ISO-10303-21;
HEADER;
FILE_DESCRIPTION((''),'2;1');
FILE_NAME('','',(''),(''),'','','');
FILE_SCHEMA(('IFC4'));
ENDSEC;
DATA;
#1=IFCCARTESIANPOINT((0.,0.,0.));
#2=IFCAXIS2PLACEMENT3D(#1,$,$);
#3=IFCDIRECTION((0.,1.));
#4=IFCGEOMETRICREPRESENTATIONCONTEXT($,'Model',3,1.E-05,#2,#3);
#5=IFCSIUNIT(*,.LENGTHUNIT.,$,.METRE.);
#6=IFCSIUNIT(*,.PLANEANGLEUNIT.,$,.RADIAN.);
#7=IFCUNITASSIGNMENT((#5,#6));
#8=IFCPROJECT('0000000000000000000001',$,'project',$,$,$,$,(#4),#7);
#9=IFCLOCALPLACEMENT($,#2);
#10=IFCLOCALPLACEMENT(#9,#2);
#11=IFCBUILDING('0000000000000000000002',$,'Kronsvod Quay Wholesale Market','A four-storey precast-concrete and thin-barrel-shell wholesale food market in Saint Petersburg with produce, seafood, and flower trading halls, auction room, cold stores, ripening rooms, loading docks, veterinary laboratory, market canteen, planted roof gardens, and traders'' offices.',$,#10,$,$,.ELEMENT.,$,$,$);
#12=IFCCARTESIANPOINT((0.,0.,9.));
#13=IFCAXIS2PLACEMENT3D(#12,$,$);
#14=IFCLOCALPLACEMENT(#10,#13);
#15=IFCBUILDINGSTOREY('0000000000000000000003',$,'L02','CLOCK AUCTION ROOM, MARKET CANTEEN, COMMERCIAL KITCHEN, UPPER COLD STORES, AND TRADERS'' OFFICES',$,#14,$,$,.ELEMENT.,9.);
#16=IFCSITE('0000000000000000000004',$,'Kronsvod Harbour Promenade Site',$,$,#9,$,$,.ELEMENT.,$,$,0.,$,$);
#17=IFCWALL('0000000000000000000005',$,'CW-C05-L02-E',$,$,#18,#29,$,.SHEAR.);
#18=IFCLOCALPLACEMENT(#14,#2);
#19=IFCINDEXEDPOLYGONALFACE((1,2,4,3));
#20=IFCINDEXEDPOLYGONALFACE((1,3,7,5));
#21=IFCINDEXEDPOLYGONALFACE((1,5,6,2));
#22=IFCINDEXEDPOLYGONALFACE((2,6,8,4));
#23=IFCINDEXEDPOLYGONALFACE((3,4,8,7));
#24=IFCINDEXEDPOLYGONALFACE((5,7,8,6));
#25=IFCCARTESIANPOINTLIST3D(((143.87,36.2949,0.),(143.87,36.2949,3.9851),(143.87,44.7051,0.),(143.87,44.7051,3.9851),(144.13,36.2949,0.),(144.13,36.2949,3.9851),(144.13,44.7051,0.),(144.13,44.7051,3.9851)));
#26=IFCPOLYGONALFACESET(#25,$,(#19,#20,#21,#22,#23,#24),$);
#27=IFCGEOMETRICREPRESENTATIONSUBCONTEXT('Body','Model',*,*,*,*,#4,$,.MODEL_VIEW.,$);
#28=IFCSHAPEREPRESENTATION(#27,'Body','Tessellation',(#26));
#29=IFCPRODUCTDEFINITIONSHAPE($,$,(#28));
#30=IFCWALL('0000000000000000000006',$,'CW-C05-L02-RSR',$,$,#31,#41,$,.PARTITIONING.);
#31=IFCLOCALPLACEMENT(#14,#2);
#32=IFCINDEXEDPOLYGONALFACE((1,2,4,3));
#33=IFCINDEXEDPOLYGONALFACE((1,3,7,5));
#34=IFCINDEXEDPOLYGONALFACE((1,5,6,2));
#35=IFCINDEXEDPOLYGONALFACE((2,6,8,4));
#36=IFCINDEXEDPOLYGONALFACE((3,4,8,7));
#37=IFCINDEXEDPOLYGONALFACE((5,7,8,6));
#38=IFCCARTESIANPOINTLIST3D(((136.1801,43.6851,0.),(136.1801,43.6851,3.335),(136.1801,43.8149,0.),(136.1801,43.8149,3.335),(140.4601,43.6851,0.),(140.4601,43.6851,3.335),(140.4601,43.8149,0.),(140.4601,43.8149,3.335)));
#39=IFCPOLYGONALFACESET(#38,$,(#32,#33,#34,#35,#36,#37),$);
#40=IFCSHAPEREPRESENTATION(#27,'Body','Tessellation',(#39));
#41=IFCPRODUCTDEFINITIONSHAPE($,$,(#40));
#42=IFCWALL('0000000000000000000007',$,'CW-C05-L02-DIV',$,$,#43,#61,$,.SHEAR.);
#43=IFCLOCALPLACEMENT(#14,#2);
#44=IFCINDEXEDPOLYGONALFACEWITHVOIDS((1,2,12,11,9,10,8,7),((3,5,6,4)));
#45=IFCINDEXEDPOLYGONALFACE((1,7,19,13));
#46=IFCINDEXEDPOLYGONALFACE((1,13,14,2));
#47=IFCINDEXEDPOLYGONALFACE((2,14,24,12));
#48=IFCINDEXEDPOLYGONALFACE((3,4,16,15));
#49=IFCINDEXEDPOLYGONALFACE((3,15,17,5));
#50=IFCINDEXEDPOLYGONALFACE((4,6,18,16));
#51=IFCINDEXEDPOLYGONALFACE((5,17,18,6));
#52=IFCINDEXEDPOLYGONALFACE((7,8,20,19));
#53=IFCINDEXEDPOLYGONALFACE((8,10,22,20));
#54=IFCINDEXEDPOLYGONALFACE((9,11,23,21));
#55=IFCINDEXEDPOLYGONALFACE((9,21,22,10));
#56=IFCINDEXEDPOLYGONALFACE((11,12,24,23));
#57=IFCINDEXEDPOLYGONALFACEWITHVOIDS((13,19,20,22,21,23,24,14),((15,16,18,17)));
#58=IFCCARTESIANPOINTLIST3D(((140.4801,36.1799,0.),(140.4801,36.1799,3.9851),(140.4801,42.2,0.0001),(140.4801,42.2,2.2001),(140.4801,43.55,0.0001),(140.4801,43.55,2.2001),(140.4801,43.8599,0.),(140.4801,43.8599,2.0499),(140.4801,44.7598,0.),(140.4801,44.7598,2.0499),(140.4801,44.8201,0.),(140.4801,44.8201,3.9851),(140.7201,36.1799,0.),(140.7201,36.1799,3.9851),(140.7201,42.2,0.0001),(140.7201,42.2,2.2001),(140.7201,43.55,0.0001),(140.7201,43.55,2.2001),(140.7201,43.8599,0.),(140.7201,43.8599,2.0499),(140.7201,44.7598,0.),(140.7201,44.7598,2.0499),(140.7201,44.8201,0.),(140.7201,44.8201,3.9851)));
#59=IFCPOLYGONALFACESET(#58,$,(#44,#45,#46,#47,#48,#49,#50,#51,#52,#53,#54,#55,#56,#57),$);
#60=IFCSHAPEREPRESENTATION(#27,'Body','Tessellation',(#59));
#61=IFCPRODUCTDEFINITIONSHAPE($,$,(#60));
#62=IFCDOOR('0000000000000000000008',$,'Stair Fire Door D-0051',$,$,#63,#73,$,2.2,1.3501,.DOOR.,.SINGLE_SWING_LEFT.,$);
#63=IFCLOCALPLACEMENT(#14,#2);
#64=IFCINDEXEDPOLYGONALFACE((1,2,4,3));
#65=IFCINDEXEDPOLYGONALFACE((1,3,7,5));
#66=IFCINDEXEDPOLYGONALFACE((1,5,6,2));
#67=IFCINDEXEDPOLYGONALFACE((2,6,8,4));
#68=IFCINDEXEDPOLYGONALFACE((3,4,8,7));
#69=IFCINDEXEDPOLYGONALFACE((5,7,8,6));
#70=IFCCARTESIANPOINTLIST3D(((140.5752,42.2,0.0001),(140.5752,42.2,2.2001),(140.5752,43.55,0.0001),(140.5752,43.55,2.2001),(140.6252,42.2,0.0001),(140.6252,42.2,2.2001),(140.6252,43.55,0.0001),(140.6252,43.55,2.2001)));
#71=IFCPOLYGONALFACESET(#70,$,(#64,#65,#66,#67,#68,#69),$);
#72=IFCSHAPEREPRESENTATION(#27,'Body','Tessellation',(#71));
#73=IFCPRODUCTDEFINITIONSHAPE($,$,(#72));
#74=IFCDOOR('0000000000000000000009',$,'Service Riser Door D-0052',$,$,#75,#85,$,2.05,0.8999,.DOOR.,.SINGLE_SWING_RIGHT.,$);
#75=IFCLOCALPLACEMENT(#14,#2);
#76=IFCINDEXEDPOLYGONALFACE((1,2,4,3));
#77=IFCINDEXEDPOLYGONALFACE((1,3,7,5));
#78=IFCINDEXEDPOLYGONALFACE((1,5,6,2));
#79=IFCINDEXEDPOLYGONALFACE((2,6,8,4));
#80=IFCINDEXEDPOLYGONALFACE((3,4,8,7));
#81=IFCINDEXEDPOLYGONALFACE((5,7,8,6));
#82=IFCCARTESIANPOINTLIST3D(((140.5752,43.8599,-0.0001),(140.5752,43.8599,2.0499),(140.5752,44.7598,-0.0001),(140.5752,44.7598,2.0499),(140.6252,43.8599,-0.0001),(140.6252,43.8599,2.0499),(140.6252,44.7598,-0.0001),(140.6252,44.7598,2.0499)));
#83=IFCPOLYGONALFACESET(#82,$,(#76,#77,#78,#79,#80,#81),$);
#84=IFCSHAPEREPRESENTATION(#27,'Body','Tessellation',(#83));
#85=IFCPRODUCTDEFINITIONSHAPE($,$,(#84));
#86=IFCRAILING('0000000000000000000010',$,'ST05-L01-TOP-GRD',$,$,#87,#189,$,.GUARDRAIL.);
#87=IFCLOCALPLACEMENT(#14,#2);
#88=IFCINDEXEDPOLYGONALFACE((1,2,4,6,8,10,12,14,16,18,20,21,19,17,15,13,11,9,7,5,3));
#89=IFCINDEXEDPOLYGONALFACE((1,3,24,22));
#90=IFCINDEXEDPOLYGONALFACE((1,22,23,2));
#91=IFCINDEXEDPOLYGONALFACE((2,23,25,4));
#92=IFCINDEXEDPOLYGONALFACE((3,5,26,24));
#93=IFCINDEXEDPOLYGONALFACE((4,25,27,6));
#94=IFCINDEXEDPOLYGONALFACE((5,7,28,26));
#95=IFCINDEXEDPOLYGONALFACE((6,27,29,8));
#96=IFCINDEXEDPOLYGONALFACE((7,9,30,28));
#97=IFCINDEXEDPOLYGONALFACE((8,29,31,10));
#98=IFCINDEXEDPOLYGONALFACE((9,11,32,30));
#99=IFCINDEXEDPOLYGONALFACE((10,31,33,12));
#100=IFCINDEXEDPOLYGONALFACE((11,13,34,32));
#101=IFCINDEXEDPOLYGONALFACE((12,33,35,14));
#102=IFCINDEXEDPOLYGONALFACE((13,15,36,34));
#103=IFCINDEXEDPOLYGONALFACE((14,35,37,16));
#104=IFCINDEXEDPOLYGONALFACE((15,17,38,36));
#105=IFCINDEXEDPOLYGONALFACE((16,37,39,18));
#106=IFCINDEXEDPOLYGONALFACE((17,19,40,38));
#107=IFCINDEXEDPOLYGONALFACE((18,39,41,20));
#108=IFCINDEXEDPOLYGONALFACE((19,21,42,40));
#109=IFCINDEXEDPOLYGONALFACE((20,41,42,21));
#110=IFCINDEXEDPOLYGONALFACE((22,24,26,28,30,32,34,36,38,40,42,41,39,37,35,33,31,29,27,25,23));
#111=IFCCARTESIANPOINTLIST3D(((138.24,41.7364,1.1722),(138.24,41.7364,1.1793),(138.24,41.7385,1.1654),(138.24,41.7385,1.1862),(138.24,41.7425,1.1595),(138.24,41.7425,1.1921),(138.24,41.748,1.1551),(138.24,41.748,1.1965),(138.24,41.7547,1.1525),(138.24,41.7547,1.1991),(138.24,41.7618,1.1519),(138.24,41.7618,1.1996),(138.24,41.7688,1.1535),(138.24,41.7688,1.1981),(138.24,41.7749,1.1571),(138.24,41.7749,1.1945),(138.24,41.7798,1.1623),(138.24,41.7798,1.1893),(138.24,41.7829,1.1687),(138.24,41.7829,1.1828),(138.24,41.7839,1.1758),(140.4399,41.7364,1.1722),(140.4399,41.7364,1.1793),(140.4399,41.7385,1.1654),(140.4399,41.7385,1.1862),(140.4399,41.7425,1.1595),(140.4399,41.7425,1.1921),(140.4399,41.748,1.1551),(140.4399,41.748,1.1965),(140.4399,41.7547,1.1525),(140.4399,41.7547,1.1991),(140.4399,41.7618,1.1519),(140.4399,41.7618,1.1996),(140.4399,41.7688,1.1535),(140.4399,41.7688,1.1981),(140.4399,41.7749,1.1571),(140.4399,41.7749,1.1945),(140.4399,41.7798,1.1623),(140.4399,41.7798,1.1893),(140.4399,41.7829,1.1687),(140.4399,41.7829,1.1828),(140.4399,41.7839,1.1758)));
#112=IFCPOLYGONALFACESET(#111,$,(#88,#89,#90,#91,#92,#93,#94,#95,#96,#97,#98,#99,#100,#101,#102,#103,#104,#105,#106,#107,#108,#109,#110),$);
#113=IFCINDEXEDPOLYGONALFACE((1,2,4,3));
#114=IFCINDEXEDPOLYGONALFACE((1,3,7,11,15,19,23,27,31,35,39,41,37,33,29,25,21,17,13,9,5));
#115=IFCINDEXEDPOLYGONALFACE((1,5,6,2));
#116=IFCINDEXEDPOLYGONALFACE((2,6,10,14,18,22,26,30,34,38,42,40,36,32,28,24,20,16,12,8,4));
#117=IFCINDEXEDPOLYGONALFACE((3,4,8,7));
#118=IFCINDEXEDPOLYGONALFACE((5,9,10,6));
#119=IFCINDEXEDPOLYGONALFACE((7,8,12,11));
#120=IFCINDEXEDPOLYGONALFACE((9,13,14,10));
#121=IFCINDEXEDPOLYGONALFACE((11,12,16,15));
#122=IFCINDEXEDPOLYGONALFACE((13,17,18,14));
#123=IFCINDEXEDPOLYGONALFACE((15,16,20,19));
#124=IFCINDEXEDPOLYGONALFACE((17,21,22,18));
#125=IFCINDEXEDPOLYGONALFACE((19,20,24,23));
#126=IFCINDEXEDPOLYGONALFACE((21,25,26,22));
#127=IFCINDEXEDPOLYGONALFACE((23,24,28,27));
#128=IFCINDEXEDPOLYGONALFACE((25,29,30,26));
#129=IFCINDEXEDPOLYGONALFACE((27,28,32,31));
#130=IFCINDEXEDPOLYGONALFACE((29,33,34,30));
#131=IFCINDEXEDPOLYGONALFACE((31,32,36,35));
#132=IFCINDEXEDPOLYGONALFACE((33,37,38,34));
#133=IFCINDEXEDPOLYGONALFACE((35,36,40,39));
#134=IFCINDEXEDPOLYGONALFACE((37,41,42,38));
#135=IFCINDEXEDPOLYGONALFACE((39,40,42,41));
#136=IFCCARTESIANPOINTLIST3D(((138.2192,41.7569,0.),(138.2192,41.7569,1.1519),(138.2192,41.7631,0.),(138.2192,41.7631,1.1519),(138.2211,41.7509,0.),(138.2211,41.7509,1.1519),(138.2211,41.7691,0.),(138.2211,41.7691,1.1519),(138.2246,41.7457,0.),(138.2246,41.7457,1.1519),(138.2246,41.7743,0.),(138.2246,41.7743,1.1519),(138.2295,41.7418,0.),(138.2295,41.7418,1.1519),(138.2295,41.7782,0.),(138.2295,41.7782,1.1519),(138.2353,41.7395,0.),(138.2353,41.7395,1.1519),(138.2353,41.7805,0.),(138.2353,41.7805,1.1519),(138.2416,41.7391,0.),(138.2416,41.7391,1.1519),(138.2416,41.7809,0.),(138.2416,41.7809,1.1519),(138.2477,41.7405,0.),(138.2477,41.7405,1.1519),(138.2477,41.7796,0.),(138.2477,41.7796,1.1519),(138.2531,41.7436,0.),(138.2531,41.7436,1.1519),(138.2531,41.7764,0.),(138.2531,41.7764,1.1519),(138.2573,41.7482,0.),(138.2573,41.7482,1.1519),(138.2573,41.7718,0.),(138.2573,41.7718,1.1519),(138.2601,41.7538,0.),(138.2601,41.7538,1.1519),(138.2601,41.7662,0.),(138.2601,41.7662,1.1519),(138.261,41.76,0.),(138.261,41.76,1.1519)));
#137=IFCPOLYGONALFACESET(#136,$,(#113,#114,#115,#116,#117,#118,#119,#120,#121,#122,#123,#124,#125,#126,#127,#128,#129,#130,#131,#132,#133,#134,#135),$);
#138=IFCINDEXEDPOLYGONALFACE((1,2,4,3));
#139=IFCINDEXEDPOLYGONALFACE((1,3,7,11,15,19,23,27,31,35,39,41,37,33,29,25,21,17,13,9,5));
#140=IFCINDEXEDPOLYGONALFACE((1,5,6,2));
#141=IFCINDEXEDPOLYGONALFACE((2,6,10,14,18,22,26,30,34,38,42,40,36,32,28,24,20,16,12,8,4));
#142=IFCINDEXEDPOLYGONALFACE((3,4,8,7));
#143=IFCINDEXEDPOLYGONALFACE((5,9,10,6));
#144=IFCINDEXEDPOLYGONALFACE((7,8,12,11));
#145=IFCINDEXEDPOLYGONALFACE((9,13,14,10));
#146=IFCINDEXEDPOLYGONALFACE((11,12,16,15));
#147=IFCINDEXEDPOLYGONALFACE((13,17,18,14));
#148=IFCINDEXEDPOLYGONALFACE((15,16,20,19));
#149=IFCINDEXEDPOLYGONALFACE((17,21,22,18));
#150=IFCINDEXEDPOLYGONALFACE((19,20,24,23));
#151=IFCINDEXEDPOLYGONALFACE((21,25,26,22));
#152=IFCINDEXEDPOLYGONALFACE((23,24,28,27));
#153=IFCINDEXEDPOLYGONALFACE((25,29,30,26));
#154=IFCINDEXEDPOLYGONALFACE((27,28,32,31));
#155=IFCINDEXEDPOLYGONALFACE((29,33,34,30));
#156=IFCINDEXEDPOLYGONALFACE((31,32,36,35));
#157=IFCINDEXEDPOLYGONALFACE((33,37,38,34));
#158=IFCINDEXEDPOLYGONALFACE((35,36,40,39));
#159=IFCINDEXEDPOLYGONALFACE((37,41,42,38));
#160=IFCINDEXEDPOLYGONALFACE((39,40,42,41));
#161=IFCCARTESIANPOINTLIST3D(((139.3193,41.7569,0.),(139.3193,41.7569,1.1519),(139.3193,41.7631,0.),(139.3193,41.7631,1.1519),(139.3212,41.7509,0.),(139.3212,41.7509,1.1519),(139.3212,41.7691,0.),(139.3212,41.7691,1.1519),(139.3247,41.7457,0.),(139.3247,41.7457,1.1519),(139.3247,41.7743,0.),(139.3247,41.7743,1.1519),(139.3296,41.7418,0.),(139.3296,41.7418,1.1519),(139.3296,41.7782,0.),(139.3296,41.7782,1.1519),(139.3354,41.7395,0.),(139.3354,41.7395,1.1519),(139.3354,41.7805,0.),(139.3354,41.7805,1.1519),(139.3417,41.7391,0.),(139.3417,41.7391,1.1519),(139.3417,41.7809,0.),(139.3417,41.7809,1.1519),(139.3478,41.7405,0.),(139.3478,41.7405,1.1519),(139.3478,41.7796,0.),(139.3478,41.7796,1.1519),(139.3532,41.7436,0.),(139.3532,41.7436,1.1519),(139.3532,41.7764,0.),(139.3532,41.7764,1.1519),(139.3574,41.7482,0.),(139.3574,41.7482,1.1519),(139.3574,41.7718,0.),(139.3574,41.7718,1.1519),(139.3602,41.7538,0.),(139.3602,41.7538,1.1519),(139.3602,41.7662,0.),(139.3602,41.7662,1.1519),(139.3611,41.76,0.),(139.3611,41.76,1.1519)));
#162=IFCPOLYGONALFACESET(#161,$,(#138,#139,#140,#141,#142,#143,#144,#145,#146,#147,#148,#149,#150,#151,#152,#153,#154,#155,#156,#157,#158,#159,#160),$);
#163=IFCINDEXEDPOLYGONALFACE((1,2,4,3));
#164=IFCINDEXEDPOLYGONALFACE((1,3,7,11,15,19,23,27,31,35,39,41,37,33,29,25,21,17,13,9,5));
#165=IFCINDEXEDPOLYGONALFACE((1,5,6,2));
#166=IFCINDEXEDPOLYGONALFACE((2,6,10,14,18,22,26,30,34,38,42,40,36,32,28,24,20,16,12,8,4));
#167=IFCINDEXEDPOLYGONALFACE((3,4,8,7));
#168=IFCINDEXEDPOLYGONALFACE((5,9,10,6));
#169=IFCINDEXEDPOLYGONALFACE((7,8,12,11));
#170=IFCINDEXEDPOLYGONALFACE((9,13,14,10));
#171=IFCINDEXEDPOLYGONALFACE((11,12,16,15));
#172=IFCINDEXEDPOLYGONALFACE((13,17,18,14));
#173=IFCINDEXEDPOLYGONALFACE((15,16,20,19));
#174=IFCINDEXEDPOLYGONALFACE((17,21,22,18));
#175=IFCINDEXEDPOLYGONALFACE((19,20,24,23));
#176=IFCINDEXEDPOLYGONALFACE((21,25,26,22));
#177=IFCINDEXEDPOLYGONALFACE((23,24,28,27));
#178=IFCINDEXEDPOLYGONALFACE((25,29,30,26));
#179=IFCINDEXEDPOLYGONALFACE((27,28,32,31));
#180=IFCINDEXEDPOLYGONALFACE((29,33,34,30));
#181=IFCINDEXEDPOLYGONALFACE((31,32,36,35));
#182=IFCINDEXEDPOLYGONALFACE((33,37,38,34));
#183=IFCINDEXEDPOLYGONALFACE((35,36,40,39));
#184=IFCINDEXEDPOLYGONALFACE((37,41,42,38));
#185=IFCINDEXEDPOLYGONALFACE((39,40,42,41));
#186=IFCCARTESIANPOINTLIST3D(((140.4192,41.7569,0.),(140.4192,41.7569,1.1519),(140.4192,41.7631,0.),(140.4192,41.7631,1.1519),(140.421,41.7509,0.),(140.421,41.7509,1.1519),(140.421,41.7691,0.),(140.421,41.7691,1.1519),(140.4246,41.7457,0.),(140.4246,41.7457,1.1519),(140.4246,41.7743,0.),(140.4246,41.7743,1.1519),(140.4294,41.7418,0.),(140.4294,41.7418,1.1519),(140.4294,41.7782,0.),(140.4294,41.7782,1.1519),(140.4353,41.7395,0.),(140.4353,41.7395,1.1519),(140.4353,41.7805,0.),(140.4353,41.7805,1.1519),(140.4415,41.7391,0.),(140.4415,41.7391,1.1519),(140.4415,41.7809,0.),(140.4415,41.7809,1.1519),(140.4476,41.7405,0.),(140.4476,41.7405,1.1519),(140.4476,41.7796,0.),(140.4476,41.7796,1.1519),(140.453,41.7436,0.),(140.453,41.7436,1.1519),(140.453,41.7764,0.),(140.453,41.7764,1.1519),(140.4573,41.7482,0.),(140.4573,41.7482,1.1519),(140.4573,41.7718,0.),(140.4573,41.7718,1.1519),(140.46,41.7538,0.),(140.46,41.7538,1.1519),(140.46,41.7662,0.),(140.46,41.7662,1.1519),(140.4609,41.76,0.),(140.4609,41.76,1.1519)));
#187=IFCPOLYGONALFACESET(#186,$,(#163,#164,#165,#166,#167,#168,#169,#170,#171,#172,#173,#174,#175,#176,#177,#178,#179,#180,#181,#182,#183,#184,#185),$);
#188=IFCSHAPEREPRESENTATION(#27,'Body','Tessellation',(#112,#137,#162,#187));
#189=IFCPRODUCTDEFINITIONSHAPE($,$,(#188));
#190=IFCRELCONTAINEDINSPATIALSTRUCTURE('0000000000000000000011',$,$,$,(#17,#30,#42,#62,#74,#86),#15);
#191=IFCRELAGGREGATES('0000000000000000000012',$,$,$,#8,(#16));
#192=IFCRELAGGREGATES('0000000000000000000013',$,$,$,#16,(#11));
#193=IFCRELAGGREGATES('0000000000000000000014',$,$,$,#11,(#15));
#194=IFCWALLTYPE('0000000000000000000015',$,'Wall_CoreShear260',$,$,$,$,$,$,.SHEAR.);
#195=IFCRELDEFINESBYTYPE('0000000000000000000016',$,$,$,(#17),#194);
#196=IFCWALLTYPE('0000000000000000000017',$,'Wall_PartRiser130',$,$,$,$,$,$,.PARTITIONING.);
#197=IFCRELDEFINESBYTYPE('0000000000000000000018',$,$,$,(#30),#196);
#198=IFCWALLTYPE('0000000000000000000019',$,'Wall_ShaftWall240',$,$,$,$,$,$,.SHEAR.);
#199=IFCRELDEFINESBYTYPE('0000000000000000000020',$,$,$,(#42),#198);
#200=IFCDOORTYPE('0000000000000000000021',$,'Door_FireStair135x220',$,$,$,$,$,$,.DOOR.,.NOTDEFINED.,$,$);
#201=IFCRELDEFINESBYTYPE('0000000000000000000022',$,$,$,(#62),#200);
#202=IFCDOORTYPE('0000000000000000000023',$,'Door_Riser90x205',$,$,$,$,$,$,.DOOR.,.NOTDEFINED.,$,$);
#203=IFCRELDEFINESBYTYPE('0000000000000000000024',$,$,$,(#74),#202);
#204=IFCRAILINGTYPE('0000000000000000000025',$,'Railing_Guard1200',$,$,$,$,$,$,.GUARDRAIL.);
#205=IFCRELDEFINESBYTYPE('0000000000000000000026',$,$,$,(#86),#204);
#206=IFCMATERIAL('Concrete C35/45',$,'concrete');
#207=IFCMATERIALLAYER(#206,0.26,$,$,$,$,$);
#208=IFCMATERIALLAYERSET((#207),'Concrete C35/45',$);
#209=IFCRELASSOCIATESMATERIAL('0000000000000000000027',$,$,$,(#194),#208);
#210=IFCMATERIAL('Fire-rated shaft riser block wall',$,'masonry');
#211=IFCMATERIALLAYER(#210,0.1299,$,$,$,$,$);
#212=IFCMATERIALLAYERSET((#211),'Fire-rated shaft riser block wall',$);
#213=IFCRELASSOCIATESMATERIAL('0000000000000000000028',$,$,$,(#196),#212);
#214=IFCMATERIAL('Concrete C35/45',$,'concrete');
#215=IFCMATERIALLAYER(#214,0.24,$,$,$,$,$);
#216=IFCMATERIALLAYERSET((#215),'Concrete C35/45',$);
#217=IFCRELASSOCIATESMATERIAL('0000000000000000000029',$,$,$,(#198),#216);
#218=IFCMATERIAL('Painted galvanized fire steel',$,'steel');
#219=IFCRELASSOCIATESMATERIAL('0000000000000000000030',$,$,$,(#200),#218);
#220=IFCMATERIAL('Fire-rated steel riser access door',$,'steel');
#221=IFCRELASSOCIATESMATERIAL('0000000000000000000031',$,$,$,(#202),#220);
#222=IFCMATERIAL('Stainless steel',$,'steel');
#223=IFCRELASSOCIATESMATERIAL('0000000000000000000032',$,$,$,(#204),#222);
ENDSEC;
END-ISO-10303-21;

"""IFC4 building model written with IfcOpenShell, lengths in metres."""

from ifc_helpers import new_model, si_unit, direction, frame, frame_2d, origin, origin_2d, place, context, subcontext, project, spatial, rectangle, circle, extrude, material, layer, layer_set, type_object, element, fill, save


model = new_model("IFC4")

# Units and contexts
model_context = context("Model", 3, precision=1e-05, world=origin(), true_north=direction((0.0, 1.0)))
body_context = subcontext(model_context, "Body", "Model", "MODEL_VIEW")
ifc_project = project(units=[si_unit("LENGTHUNIT", "METRE"), si_unit("PLANEANGLEUNIT", "RADIAN")], contexts=[model_context])

# Site, building, storey
site_placement = place(None, origin())
site = spatial("IfcSite", under=ifc_project, at=site_placement, Name="Kronsvod Harbour Promenade Site", CompositionType="ELEMENT", RefElevation=0.0)
building_placement = place(site_placement, origin())
building = spatial("IfcBuilding", under=site, at=building_placement, Name="Kronsvod Quay Wholesale Market", Description="A four-storey precast-concrete and thin-barrel-shell wholesale food market in Saint Petersburg with produce, seafood, and flower trading halls, auction room, cold stores, ripening rooms, loading docks, veterinary laboratory, market canteen, planted roof gardens, and traders' offices.", CompositionType="ELEMENT")
storey_placement = place(building_placement, frame((0.0, 0.0, 9.0)))
storey = spatial("IfcBuildingStorey", under=building, at=storey_placement, Name="L02", Description="CLOCK AUCTION ROOM, MARKET CANTEEN, COMMERCIAL KITCHEN, UPPER COLD STORES, AND TRADERS' OFFICES", CompositionType="ELEMENT", Elevation=9.0)

# Shared definitions
ifc_material_1 = material(Name="Concrete C35/45", Category="concrete")
ifc_layer_1 = layer(ifc_material_1, 0.26)
ifc_layer_set_1 = layer_set([ifc_layer_1], Name="Concrete C35/45")
wall_type_1 = type_object("IfcWallType", Name="Wall_CoreShear260", PredefinedType="SHEAR", material=ifc_layer_set_1)

# Walls
wall_1_placement = place(storey_placement, frame((144.0, 36.2949, 0.0), z_axis=(0.0, 0.0, 1.0), x_axis=(0.0, 1.0, 0.0)))
element("IfcWall", 1, at=wall_1_placement, inside=storey, type_object=wall_type_1, Name="CW-C05-L02-E", PredefinedType="SHEAR", context=body_context, shape_type="SweptSolid", body=[
    extrude(rectangle(XDim=8.4102, YDim=0.26, at=frame_2d((4.2051, 0.0))), origin(), (0.0, 0.0, 1.0), 3.9851),
])
ifc_material_2 = material(Name="Fire-rated shaft riser block wall", Category="masonry")
ifc_layer_2 = layer(ifc_material_2, 0.1299)
ifc_layer_set_2 = layer_set([ifc_layer_2], Name="Fire-rated shaft riser block wall")
wall_type_2 = type_object("IfcWallType", Name="Wall_PartRiser130", PredefinedType="PARTITIONING", material=ifc_layer_set_2)
wall_2_placement = place(storey_placement, frame((136.1799, 43.75, 0.0), z_axis=(0.0, 0.0, 1.0), x_axis=(1.0, 0.0, 0.0)))
element("IfcWall", 2, at=wall_2_placement, inside=storey, type_object=wall_type_2, Name="CW-C05-L02-RSR", PredefinedType="PARTITIONING", context=body_context, shape_type="SweptSolid", body=[
    extrude(rectangle(XDim=4.28, YDim=0.1299, at=frame_2d((2.1401, 0.0))), origin(), (0.0, 0.0, 1.0), 3.335),
])

# Wall, openings, doors
ifc_material_3 = material(Name="Concrete C35/45", Category="concrete")
ifc_layer_3 = layer(ifc_material_3, 0.24)
ifc_layer_set_3 = layer_set([ifc_layer_3], Name="Concrete C35/45")
wall_type_3 = type_object("IfcWallType", Name="Wall_ShaftWall240", PredefinedType="SHEAR", material=ifc_layer_set_3)
wall_3_placement = place(storey_placement, frame((140.6001, 36.1799, 0.0), z_axis=(0.0, 0.0, 1.0), x_axis=(0.0, 1.0, 0.0)))
wall_3 = element("IfcWall", 3, at=wall_3_placement, inside=storey, type_object=wall_type_3, Name="CW-C05-L02-DIV", PredefinedType="SHEAR", context=body_context, shape_type="SweptSolid", body=[
    extrude(rectangle(XDim=8.6401, YDim=0.24, at=frame_2d((4.3201, 0.0))), origin(), (0.0, 0.0, 1.0), 3.9851),
])
opening_1_placement = place(wall_3_placement, frame((6.02, 0.0, 0.0)))
opening_1 = element("IfcOpeningElement", 4, at=opening_1_placement, cuts=wall_3, PredefinedType="OPENING", context=body_context, shape_type="SweptSolid", body=[
    extrude(rectangle(XDim=1.3501, YDim=2.2, at=frame_2d((0.675, 1.1001))), frame((0.0, 0.1299, 0.0), z_axis=(0.0, -1.0, 0.0), x_axis=(1.0, 0.0, 0.0)), (0.0, 0.0, 1.0), 0.26),
])
opening_2_placement = place(wall_3_placement, frame((7.6799, 0.0, 0.0)))
opening_2 = element("IfcOpeningElement", 5, at=opening_2_placement, cuts=wall_3, PredefinedType="OPENING", context=body_context, shape_type="SweptSolid", body=[
    extrude(rectangle(XDim=0.8999, YDim=2.05, at=frame_2d((0.45, 1.0249))), frame((0.0, 0.1299, 0.0), z_axis=(0.0, -1.0, 0.0), x_axis=(1.0, 0.0, 0.0)), (0.0, 0.0, 1.0), 0.26),
])
ifc_material_4 = material(Name="Painted galvanized fire steel", Category="steel")
door_type_1 = type_object("IfcDoorType", Name="Door_FireStair135x220", OperationType="NOTDEFINED", PredefinedType="DOOR", material=ifc_material_4)
door_1_placement = place(opening_1_placement, origin())
door_1 = element("IfcDoor", 6, at=door_1_placement, inside=storey, type_object=door_type_1, Name="Stair Fire Door D-0051", OperationType="SINGLE_SWING_LEFT", OverallHeight=2.2, OverallWidth=1.3501, PredefinedType="DOOR", context=body_context, shape_type="SweptSolid", body=[
    extrude(rectangle(XDim=1.3501, YDim=2.2, at=frame_2d((0.675, 1.1001))), frame((0.0, 0.0249, 0.0), z_axis=(0.0, -1.0, 0.0), x_axis=(1.0, 0.0, 0.0)), (0.0, 0.0, 1.0), 0.05),
])
fill(opening_1, door_1)
ifc_material_5 = material(Name="Fire-rated steel riser access door", Category="steel")
door_type_2 = type_object("IfcDoorType", Name="Door_Riser90x205", OperationType="NOTDEFINED", PredefinedType="DOOR", material=ifc_material_5)
door_2_placement = place(opening_2_placement, origin())
door_2 = element("IfcDoor", 7, at=door_2_placement, inside=storey, type_object=door_type_2, Name="Service Riser Door D-0052", OperationType="SINGLE_SWING_RIGHT", OverallHeight=2.05, OverallWidth=0.8999, PredefinedType="DOOR", context=body_context, shape_type="SweptSolid", body=[
    extrude(rectangle(XDim=0.8999, YDim=2.05, at=frame_2d((0.45, 1.0249))), frame((0.0, 0.0249, 0.0), z_axis=(0.0, -1.0, 0.0), x_axis=(1.0, 0.0, 0.0)), (0.0, 0.0, 1.0), 0.05),
])
fill(opening_2, door_2)

# Railing
ifc_material_6 = material(Name="Stainless steel", Category="steel")
railing_type = type_object("IfcRailingType", Name="Railing_Guard1200", PredefinedType="GUARDRAIL", material=ifc_material_6)
railing_placement = place(storey_placement, frame((138.24, 41.76, 0.0)))
element("IfcRailing", 8, at=railing_placement, inside=storey, type_object=railing_type, Name="ST05-L01-TOP-GRD", PredefinedType="GUARDRAIL", context=body_context, shape_type="SweptSolid", body=[
    extrude(circle(Radius=0.0239, at=origin_2d()), frame((0.0, 0.0, 1.1758), z_axis=(1.0, 0.0, 0.0), x_axis=(0.0, 1.0, 0.0)), (0.0, 0.0, 1.0), 2.2),
    extrude(circle(Radius=0.021, at=origin_2d()), origin(), (0.0, 0.0, 1.0), 1.1519),
    extrude(circle(Radius=0.021, at=origin_2d()), frame((1.1001, 0.0, 0.0)), (0.0, 0.0, 1.0), 1.1519),
    extrude(circle(Radius=0.021, at=origin_2d()), frame((2.2, 0.0, 0.0)), (0.0, 0.0, 1.0), 1.1519),
])

save(model, "model.ifc")
